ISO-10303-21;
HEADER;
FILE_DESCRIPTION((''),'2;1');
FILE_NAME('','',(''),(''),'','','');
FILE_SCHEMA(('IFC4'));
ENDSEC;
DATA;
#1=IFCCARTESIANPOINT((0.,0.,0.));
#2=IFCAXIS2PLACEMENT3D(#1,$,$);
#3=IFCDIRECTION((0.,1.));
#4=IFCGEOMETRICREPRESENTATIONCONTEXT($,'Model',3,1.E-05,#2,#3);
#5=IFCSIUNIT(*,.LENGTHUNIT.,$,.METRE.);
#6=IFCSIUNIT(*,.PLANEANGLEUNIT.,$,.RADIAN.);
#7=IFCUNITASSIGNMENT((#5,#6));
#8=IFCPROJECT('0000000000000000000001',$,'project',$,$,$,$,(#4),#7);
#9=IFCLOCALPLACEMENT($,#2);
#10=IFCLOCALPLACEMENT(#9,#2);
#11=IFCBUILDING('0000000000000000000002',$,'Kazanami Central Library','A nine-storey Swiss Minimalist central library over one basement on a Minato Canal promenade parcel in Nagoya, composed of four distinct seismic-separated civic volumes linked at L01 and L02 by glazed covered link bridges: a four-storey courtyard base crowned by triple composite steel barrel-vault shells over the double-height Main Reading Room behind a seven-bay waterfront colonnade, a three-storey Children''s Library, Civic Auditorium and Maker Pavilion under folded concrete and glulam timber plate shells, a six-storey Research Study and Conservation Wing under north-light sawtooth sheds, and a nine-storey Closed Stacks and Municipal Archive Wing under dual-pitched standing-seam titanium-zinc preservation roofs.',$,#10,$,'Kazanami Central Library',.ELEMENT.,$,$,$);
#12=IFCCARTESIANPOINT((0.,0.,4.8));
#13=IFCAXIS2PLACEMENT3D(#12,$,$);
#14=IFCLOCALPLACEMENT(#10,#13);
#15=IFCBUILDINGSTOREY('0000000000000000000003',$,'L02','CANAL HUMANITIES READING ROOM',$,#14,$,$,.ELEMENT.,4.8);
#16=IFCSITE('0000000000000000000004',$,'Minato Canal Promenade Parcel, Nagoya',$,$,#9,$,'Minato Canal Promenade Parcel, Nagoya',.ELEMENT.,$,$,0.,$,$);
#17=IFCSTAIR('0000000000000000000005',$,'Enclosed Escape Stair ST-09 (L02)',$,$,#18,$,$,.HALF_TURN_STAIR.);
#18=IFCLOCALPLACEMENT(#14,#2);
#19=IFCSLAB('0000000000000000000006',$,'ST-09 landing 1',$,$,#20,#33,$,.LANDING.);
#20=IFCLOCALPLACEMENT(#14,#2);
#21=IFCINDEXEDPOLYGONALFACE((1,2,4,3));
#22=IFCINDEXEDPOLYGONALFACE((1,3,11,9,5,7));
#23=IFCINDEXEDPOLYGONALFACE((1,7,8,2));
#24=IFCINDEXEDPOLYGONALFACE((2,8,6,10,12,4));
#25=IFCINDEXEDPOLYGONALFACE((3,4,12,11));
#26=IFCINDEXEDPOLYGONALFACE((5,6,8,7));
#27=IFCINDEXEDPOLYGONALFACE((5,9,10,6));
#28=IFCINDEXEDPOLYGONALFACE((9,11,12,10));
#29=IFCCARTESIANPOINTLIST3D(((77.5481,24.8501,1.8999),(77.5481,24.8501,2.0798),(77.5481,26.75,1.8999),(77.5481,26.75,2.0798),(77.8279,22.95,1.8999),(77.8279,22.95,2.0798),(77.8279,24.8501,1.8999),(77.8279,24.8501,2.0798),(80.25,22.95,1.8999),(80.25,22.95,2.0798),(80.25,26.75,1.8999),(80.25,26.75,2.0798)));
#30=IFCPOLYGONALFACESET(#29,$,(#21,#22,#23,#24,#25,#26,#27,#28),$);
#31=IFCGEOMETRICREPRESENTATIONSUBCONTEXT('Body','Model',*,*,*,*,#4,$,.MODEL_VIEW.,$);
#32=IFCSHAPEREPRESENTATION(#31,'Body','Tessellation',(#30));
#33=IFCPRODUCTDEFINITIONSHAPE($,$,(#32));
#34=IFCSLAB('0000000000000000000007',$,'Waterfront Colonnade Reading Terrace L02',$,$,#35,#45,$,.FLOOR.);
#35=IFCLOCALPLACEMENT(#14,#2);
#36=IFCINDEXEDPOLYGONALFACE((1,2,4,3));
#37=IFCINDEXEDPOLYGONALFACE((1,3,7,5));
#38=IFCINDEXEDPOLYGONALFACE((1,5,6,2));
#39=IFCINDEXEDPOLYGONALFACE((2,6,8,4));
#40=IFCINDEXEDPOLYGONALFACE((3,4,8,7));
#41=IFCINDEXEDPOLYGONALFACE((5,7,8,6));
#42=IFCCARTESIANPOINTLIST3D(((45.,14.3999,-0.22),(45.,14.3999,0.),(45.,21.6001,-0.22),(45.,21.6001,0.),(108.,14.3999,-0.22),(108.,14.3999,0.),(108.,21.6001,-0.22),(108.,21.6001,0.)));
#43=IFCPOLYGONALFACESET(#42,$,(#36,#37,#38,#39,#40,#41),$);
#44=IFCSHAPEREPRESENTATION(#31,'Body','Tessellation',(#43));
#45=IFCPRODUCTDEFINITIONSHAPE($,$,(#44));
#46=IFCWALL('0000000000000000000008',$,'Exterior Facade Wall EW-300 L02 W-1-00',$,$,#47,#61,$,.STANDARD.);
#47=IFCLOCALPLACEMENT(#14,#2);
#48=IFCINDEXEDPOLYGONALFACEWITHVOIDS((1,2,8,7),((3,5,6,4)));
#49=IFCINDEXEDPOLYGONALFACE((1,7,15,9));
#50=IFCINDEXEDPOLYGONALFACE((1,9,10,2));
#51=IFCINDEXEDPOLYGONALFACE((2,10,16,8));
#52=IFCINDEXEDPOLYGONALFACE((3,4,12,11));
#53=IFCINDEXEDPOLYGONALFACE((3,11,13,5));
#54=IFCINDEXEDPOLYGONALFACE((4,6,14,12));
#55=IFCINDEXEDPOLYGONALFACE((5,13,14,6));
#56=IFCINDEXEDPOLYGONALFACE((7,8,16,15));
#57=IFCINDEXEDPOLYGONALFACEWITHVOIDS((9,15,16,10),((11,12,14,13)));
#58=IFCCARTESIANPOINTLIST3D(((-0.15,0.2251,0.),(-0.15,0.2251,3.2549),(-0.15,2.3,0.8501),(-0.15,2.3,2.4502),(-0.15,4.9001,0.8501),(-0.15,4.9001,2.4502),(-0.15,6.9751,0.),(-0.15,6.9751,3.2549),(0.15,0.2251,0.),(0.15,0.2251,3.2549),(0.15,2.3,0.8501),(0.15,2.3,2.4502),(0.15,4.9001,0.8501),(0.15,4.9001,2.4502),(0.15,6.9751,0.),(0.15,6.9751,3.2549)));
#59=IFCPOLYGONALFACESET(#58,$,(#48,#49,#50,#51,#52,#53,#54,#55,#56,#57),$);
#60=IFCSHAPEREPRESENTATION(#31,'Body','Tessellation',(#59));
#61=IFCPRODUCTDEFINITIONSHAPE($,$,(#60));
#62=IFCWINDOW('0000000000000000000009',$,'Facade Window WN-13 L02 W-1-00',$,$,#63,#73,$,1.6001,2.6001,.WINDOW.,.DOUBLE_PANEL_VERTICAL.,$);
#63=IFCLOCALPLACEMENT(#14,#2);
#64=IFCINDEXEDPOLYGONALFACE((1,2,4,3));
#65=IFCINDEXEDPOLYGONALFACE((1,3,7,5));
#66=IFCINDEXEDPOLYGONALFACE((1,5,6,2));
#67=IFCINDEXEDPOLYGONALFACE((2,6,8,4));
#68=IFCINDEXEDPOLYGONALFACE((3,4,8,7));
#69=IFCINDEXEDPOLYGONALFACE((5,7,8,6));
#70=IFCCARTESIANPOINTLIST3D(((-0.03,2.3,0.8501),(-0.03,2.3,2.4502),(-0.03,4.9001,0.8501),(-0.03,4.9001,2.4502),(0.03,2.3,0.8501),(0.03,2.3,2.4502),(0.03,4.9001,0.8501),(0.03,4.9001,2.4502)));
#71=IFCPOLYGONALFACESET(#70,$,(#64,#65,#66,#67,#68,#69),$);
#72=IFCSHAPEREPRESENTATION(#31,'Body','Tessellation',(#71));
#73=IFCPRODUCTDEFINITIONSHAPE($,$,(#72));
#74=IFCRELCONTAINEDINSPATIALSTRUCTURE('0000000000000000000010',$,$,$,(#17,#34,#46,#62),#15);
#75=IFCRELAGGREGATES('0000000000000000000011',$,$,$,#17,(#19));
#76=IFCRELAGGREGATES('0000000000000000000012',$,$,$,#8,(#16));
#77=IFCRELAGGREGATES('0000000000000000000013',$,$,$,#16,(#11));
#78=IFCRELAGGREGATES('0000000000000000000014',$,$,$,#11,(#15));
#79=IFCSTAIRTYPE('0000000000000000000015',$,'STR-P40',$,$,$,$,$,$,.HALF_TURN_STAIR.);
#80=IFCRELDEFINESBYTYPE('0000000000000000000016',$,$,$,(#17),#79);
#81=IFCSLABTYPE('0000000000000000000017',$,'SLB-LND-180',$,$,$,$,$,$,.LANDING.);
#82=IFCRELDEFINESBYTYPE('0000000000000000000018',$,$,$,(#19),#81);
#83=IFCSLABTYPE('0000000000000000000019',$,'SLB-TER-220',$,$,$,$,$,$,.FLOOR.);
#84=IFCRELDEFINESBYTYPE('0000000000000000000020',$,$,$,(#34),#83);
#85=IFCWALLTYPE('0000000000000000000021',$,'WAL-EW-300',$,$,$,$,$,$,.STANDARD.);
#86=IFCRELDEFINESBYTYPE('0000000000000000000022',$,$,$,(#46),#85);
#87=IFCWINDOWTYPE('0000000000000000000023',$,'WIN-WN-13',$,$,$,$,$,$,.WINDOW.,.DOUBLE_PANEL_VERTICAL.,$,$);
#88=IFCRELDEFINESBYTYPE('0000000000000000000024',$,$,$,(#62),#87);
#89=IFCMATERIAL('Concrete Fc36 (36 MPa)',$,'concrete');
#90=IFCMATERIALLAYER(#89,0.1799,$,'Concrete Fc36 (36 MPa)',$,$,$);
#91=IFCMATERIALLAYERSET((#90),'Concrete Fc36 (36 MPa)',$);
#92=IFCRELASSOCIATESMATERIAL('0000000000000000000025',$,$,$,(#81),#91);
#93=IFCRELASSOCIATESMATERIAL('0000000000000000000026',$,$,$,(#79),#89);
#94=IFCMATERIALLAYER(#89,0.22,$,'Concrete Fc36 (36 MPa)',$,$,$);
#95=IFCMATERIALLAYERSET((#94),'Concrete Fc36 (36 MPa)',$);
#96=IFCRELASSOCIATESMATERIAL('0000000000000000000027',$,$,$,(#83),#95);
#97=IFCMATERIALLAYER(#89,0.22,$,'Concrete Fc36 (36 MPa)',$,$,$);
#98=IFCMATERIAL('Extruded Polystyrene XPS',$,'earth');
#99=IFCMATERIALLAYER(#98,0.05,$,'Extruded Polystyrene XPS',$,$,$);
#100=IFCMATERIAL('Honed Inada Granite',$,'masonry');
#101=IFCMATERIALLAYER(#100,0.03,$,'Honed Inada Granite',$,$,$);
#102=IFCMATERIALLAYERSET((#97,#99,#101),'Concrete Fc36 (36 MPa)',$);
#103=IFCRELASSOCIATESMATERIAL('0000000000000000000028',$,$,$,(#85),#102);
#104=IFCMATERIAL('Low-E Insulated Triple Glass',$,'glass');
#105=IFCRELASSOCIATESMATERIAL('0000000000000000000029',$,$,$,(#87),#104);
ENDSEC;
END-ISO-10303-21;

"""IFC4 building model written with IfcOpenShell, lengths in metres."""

from ifc_helpers import new_model, si_unit, direction, frame, frame_2d, origin, place, context, subcontext, project, spatial, polyline, rectangle, outline, extrude, material, layer, layer_set, type_object, element, fill, aggregate, save


model = new_model("IFC4")

# Units and contexts
model_context = context("Model", 3, precision=1e-05, world=origin(), true_north=direction((0.0, 1.0)))
body_context = subcontext(model_context, "Body", "Model", "MODEL_VIEW")
ifc_project = project(units=[si_unit("LENGTHUNIT", "METRE"), si_unit("PLANEANGLEUNIT", "RADIAN")], contexts=[model_context])

# Site, building, storey
site_placement = place(None, origin())
site = spatial("IfcSite", under=ifc_project, at=site_placement, Name="Minato Canal Promenade Parcel, Nagoya", LongName="Minato Canal Promenade Parcel, Nagoya", CompositionType="ELEMENT", RefElevation=0.0)
building_placement = place(site_placement, origin())
building = spatial("IfcBuilding", under=site, at=building_placement, Name="Kazanami Central Library", Description="A nine-storey Swiss Minimalist central library over one basement on a Minato Canal promenade parcel in Nagoya, composed of four distinct seismic-separated civic volumes linked at L01 and L02 by glazed covered link bridges: a four-storey courtyard base crowned by triple composite steel barrel-vault shells over the double-height Main Reading Room behind a seven-bay waterfront colonnade, a three-storey Children's Library, Civic Auditorium and Maker Pavilion under folded concrete and glulam timber plate shells, a six-storey Research Study and Conservation Wing under north-light sawtooth sheds, and a nine-storey Closed Stacks and Municipal Archive Wing under dual-pitched standing-seam titanium-zinc preservation roofs.", LongName="Kazanami Central Library", CompositionType="ELEMENT")
storey_placement = place(building_placement, frame((0.0, 0.0, 4.8)))
storey = spatial("IfcBuildingStorey", under=building, at=storey_placement, Name="L02", Description="CANAL HUMANITIES READING ROOM", CompositionType="ELEMENT", Elevation=4.8)

# Shared definitions
ifc_material_1 = material(Name="Low-E Insulated Triple Glass", Category="glass")

# Shared definitions
ifc_material_2 = material(Name="Concrete Fc36 (36 MPa)", Category="concrete")

# Stair, slab
ifc_layer_1 = layer(ifc_material_2, 0.1799, Name="Concrete Fc36 (36 MPa)")
ifc_layer_set_1 = layer_set([ifc_layer_1], Name="Concrete Fc36 (36 MPa)")
slab_type_1 = type_object("IfcSlabType", Name="SLB-LND-180", PredefinedType="LANDING", material=ifc_layer_set_1)
stair_type_1 = type_object("IfcStairType", Name="STR-P40", PredefinedType="HALF_TURN_STAIR", material=ifc_material_2)
stair_1_placement = place(storey_placement, origin())
stair_1 = element("IfcStair", 1, at=stair_1_placement, inside=storey, type_object=stair_type_1, Name="Enclosed Escape Stair ST-09 (L02)", PredefinedType="HALF_TURN_STAIR")
slab_1_placement = place(storey_placement, frame((0.0, 0.0, 1.8999)))
slab_1 = element("IfcSlab", 2, at=slab_1_placement, type_object=slab_type_1, Name="ST-09 landing 1", PredefinedType="LANDING", context=body_context, shape_type="SweptSolid", body=[
    extrude(outline(polyline([(77.8279, 22.95), (80.25, 22.95), (80.25, 26.75), (77.5481, 26.75), (77.5481, 24.8501), (77.8279, 24.8501), (77.8279, 22.95)])), origin(), (0.0, 0.0, 1.0), 0.1799),
])
aggregate(stair_1, [slab_1])

# Slab
ifc_layer_2 = layer(ifc_material_2, 0.22, Name="Concrete Fc36 (36 MPa)")
ifc_layer_set_2 = layer_set([ifc_layer_2], Name="Concrete Fc36 (36 MPa)")
slab_type_2 = type_object("IfcSlabType", Name="SLB-TER-220", PredefinedType="FLOOR", material=ifc_layer_set_2)
slab_2_placement = place(storey_placement, frame((0.0, 0.0, -0.22)))
element("IfcSlab", 3, at=slab_2_placement, inside=storey, type_object=slab_type_2, Name="Waterfront Colonnade Reading Terrace L02", PredefinedType="FLOOR", context=body_context, shape_type="SweptSolid", body=[
    extrude(outline(polyline([(45.0, 14.3999), (108.0, 14.3999), (108.0, 21.6001), (45.0, 21.6001), (45.0, 14.3999)])), origin(), (0.0, 0.0, 1.0), 0.22),
])

# Wall, opening, window
ifc_layer_3 = layer(ifc_material_2, 0.22, Name="Concrete Fc36 (36 MPa)")
ifc_material_3 = material(Name="Extruded Polystyrene XPS", Category="earth")
ifc_layer_4 = layer(ifc_material_3, 0.05, Name="Extruded Polystyrene XPS")
ifc_material_4 = material(Name="Honed Inada Granite", Category="masonry")
ifc_layer_5 = layer(ifc_material_4, 0.03, Name="Honed Inada Granite")
ifc_layer_set_3 = layer_set([ifc_layer_3, ifc_layer_4, ifc_layer_5], Name="Concrete Fc36 (36 MPa)")
wall_type = type_object("IfcWallType", Name="WAL-EW-300", PredefinedType="STANDARD", material=ifc_layer_set_3)
wall_placement = place(storey_placement, frame((0.0, 0.2251, 0.0), z_axis=(0.0, 0.0, 1.0), x_axis=(0.0, 1.0, 0.0)))
wall = element("IfcWall", 4, at=wall_placement, inside=storey, type_object=wall_type, Name="Exterior Facade Wall EW-300 L02 W-1-00", PredefinedType="STANDARD", context=body_context, shape_type="SweptSolid", body=[
    extrude(rectangle(XDim=6.75, YDim=0.3, at=frame_2d((3.375, 0.0))), origin(), (0.0, 0.0, 1.0), 3.2549),
])
opening_placement = place(wall_placement, frame((2.075, 0.0, 0.8501)))
opening = element("IfcOpeningElement", 5, at=opening_placement, cuts=wall, PredefinedType="OPENING", context=body_context, shape_type="SweptSolid", body=[
    extrude(rectangle(XDim=2.6001, YDim=1.6001, at=frame_2d((1.3, 0.8))), frame((0.0, 0.1621, 0.0), z_axis=(0.0, -1.0, 0.0), x_axis=(1.0, 0.0, 0.0)), (0.0, 0.0, 1.0), 0.324),
])
window_type = type_object("IfcWindowType", Name="WIN-WN-13", PartitioningType="DOUBLE_PANEL_VERTICAL", PredefinedType="WINDOW", material=ifc_material_1)
window_placement = place(opening_placement, origin())
window = element("IfcWindow", 6, at=window_placement, inside=storey, type_object=window_type, Name="Facade Window WN-13 L02 W-1-00", OverallHeight=1.6001, OverallWidth=2.6001, PartitioningType="DOUBLE_PANEL_VERTICAL", PredefinedType="WINDOW", context=body_context, shape_type="SweptSolid", body=[
    extrude(rectangle(XDim=2.6001, YDim=1.6001, at=frame_2d((1.3, 0.8))), frame((0.0, 0.03, 0.0), z_axis=(0.0, -1.0, 0.0), x_axis=(1.0, 0.0, 0.0)), (0.0, 0.0, 1.0), 0.0601),
])
fill(opening, window)

save(model, "model.ifc")
